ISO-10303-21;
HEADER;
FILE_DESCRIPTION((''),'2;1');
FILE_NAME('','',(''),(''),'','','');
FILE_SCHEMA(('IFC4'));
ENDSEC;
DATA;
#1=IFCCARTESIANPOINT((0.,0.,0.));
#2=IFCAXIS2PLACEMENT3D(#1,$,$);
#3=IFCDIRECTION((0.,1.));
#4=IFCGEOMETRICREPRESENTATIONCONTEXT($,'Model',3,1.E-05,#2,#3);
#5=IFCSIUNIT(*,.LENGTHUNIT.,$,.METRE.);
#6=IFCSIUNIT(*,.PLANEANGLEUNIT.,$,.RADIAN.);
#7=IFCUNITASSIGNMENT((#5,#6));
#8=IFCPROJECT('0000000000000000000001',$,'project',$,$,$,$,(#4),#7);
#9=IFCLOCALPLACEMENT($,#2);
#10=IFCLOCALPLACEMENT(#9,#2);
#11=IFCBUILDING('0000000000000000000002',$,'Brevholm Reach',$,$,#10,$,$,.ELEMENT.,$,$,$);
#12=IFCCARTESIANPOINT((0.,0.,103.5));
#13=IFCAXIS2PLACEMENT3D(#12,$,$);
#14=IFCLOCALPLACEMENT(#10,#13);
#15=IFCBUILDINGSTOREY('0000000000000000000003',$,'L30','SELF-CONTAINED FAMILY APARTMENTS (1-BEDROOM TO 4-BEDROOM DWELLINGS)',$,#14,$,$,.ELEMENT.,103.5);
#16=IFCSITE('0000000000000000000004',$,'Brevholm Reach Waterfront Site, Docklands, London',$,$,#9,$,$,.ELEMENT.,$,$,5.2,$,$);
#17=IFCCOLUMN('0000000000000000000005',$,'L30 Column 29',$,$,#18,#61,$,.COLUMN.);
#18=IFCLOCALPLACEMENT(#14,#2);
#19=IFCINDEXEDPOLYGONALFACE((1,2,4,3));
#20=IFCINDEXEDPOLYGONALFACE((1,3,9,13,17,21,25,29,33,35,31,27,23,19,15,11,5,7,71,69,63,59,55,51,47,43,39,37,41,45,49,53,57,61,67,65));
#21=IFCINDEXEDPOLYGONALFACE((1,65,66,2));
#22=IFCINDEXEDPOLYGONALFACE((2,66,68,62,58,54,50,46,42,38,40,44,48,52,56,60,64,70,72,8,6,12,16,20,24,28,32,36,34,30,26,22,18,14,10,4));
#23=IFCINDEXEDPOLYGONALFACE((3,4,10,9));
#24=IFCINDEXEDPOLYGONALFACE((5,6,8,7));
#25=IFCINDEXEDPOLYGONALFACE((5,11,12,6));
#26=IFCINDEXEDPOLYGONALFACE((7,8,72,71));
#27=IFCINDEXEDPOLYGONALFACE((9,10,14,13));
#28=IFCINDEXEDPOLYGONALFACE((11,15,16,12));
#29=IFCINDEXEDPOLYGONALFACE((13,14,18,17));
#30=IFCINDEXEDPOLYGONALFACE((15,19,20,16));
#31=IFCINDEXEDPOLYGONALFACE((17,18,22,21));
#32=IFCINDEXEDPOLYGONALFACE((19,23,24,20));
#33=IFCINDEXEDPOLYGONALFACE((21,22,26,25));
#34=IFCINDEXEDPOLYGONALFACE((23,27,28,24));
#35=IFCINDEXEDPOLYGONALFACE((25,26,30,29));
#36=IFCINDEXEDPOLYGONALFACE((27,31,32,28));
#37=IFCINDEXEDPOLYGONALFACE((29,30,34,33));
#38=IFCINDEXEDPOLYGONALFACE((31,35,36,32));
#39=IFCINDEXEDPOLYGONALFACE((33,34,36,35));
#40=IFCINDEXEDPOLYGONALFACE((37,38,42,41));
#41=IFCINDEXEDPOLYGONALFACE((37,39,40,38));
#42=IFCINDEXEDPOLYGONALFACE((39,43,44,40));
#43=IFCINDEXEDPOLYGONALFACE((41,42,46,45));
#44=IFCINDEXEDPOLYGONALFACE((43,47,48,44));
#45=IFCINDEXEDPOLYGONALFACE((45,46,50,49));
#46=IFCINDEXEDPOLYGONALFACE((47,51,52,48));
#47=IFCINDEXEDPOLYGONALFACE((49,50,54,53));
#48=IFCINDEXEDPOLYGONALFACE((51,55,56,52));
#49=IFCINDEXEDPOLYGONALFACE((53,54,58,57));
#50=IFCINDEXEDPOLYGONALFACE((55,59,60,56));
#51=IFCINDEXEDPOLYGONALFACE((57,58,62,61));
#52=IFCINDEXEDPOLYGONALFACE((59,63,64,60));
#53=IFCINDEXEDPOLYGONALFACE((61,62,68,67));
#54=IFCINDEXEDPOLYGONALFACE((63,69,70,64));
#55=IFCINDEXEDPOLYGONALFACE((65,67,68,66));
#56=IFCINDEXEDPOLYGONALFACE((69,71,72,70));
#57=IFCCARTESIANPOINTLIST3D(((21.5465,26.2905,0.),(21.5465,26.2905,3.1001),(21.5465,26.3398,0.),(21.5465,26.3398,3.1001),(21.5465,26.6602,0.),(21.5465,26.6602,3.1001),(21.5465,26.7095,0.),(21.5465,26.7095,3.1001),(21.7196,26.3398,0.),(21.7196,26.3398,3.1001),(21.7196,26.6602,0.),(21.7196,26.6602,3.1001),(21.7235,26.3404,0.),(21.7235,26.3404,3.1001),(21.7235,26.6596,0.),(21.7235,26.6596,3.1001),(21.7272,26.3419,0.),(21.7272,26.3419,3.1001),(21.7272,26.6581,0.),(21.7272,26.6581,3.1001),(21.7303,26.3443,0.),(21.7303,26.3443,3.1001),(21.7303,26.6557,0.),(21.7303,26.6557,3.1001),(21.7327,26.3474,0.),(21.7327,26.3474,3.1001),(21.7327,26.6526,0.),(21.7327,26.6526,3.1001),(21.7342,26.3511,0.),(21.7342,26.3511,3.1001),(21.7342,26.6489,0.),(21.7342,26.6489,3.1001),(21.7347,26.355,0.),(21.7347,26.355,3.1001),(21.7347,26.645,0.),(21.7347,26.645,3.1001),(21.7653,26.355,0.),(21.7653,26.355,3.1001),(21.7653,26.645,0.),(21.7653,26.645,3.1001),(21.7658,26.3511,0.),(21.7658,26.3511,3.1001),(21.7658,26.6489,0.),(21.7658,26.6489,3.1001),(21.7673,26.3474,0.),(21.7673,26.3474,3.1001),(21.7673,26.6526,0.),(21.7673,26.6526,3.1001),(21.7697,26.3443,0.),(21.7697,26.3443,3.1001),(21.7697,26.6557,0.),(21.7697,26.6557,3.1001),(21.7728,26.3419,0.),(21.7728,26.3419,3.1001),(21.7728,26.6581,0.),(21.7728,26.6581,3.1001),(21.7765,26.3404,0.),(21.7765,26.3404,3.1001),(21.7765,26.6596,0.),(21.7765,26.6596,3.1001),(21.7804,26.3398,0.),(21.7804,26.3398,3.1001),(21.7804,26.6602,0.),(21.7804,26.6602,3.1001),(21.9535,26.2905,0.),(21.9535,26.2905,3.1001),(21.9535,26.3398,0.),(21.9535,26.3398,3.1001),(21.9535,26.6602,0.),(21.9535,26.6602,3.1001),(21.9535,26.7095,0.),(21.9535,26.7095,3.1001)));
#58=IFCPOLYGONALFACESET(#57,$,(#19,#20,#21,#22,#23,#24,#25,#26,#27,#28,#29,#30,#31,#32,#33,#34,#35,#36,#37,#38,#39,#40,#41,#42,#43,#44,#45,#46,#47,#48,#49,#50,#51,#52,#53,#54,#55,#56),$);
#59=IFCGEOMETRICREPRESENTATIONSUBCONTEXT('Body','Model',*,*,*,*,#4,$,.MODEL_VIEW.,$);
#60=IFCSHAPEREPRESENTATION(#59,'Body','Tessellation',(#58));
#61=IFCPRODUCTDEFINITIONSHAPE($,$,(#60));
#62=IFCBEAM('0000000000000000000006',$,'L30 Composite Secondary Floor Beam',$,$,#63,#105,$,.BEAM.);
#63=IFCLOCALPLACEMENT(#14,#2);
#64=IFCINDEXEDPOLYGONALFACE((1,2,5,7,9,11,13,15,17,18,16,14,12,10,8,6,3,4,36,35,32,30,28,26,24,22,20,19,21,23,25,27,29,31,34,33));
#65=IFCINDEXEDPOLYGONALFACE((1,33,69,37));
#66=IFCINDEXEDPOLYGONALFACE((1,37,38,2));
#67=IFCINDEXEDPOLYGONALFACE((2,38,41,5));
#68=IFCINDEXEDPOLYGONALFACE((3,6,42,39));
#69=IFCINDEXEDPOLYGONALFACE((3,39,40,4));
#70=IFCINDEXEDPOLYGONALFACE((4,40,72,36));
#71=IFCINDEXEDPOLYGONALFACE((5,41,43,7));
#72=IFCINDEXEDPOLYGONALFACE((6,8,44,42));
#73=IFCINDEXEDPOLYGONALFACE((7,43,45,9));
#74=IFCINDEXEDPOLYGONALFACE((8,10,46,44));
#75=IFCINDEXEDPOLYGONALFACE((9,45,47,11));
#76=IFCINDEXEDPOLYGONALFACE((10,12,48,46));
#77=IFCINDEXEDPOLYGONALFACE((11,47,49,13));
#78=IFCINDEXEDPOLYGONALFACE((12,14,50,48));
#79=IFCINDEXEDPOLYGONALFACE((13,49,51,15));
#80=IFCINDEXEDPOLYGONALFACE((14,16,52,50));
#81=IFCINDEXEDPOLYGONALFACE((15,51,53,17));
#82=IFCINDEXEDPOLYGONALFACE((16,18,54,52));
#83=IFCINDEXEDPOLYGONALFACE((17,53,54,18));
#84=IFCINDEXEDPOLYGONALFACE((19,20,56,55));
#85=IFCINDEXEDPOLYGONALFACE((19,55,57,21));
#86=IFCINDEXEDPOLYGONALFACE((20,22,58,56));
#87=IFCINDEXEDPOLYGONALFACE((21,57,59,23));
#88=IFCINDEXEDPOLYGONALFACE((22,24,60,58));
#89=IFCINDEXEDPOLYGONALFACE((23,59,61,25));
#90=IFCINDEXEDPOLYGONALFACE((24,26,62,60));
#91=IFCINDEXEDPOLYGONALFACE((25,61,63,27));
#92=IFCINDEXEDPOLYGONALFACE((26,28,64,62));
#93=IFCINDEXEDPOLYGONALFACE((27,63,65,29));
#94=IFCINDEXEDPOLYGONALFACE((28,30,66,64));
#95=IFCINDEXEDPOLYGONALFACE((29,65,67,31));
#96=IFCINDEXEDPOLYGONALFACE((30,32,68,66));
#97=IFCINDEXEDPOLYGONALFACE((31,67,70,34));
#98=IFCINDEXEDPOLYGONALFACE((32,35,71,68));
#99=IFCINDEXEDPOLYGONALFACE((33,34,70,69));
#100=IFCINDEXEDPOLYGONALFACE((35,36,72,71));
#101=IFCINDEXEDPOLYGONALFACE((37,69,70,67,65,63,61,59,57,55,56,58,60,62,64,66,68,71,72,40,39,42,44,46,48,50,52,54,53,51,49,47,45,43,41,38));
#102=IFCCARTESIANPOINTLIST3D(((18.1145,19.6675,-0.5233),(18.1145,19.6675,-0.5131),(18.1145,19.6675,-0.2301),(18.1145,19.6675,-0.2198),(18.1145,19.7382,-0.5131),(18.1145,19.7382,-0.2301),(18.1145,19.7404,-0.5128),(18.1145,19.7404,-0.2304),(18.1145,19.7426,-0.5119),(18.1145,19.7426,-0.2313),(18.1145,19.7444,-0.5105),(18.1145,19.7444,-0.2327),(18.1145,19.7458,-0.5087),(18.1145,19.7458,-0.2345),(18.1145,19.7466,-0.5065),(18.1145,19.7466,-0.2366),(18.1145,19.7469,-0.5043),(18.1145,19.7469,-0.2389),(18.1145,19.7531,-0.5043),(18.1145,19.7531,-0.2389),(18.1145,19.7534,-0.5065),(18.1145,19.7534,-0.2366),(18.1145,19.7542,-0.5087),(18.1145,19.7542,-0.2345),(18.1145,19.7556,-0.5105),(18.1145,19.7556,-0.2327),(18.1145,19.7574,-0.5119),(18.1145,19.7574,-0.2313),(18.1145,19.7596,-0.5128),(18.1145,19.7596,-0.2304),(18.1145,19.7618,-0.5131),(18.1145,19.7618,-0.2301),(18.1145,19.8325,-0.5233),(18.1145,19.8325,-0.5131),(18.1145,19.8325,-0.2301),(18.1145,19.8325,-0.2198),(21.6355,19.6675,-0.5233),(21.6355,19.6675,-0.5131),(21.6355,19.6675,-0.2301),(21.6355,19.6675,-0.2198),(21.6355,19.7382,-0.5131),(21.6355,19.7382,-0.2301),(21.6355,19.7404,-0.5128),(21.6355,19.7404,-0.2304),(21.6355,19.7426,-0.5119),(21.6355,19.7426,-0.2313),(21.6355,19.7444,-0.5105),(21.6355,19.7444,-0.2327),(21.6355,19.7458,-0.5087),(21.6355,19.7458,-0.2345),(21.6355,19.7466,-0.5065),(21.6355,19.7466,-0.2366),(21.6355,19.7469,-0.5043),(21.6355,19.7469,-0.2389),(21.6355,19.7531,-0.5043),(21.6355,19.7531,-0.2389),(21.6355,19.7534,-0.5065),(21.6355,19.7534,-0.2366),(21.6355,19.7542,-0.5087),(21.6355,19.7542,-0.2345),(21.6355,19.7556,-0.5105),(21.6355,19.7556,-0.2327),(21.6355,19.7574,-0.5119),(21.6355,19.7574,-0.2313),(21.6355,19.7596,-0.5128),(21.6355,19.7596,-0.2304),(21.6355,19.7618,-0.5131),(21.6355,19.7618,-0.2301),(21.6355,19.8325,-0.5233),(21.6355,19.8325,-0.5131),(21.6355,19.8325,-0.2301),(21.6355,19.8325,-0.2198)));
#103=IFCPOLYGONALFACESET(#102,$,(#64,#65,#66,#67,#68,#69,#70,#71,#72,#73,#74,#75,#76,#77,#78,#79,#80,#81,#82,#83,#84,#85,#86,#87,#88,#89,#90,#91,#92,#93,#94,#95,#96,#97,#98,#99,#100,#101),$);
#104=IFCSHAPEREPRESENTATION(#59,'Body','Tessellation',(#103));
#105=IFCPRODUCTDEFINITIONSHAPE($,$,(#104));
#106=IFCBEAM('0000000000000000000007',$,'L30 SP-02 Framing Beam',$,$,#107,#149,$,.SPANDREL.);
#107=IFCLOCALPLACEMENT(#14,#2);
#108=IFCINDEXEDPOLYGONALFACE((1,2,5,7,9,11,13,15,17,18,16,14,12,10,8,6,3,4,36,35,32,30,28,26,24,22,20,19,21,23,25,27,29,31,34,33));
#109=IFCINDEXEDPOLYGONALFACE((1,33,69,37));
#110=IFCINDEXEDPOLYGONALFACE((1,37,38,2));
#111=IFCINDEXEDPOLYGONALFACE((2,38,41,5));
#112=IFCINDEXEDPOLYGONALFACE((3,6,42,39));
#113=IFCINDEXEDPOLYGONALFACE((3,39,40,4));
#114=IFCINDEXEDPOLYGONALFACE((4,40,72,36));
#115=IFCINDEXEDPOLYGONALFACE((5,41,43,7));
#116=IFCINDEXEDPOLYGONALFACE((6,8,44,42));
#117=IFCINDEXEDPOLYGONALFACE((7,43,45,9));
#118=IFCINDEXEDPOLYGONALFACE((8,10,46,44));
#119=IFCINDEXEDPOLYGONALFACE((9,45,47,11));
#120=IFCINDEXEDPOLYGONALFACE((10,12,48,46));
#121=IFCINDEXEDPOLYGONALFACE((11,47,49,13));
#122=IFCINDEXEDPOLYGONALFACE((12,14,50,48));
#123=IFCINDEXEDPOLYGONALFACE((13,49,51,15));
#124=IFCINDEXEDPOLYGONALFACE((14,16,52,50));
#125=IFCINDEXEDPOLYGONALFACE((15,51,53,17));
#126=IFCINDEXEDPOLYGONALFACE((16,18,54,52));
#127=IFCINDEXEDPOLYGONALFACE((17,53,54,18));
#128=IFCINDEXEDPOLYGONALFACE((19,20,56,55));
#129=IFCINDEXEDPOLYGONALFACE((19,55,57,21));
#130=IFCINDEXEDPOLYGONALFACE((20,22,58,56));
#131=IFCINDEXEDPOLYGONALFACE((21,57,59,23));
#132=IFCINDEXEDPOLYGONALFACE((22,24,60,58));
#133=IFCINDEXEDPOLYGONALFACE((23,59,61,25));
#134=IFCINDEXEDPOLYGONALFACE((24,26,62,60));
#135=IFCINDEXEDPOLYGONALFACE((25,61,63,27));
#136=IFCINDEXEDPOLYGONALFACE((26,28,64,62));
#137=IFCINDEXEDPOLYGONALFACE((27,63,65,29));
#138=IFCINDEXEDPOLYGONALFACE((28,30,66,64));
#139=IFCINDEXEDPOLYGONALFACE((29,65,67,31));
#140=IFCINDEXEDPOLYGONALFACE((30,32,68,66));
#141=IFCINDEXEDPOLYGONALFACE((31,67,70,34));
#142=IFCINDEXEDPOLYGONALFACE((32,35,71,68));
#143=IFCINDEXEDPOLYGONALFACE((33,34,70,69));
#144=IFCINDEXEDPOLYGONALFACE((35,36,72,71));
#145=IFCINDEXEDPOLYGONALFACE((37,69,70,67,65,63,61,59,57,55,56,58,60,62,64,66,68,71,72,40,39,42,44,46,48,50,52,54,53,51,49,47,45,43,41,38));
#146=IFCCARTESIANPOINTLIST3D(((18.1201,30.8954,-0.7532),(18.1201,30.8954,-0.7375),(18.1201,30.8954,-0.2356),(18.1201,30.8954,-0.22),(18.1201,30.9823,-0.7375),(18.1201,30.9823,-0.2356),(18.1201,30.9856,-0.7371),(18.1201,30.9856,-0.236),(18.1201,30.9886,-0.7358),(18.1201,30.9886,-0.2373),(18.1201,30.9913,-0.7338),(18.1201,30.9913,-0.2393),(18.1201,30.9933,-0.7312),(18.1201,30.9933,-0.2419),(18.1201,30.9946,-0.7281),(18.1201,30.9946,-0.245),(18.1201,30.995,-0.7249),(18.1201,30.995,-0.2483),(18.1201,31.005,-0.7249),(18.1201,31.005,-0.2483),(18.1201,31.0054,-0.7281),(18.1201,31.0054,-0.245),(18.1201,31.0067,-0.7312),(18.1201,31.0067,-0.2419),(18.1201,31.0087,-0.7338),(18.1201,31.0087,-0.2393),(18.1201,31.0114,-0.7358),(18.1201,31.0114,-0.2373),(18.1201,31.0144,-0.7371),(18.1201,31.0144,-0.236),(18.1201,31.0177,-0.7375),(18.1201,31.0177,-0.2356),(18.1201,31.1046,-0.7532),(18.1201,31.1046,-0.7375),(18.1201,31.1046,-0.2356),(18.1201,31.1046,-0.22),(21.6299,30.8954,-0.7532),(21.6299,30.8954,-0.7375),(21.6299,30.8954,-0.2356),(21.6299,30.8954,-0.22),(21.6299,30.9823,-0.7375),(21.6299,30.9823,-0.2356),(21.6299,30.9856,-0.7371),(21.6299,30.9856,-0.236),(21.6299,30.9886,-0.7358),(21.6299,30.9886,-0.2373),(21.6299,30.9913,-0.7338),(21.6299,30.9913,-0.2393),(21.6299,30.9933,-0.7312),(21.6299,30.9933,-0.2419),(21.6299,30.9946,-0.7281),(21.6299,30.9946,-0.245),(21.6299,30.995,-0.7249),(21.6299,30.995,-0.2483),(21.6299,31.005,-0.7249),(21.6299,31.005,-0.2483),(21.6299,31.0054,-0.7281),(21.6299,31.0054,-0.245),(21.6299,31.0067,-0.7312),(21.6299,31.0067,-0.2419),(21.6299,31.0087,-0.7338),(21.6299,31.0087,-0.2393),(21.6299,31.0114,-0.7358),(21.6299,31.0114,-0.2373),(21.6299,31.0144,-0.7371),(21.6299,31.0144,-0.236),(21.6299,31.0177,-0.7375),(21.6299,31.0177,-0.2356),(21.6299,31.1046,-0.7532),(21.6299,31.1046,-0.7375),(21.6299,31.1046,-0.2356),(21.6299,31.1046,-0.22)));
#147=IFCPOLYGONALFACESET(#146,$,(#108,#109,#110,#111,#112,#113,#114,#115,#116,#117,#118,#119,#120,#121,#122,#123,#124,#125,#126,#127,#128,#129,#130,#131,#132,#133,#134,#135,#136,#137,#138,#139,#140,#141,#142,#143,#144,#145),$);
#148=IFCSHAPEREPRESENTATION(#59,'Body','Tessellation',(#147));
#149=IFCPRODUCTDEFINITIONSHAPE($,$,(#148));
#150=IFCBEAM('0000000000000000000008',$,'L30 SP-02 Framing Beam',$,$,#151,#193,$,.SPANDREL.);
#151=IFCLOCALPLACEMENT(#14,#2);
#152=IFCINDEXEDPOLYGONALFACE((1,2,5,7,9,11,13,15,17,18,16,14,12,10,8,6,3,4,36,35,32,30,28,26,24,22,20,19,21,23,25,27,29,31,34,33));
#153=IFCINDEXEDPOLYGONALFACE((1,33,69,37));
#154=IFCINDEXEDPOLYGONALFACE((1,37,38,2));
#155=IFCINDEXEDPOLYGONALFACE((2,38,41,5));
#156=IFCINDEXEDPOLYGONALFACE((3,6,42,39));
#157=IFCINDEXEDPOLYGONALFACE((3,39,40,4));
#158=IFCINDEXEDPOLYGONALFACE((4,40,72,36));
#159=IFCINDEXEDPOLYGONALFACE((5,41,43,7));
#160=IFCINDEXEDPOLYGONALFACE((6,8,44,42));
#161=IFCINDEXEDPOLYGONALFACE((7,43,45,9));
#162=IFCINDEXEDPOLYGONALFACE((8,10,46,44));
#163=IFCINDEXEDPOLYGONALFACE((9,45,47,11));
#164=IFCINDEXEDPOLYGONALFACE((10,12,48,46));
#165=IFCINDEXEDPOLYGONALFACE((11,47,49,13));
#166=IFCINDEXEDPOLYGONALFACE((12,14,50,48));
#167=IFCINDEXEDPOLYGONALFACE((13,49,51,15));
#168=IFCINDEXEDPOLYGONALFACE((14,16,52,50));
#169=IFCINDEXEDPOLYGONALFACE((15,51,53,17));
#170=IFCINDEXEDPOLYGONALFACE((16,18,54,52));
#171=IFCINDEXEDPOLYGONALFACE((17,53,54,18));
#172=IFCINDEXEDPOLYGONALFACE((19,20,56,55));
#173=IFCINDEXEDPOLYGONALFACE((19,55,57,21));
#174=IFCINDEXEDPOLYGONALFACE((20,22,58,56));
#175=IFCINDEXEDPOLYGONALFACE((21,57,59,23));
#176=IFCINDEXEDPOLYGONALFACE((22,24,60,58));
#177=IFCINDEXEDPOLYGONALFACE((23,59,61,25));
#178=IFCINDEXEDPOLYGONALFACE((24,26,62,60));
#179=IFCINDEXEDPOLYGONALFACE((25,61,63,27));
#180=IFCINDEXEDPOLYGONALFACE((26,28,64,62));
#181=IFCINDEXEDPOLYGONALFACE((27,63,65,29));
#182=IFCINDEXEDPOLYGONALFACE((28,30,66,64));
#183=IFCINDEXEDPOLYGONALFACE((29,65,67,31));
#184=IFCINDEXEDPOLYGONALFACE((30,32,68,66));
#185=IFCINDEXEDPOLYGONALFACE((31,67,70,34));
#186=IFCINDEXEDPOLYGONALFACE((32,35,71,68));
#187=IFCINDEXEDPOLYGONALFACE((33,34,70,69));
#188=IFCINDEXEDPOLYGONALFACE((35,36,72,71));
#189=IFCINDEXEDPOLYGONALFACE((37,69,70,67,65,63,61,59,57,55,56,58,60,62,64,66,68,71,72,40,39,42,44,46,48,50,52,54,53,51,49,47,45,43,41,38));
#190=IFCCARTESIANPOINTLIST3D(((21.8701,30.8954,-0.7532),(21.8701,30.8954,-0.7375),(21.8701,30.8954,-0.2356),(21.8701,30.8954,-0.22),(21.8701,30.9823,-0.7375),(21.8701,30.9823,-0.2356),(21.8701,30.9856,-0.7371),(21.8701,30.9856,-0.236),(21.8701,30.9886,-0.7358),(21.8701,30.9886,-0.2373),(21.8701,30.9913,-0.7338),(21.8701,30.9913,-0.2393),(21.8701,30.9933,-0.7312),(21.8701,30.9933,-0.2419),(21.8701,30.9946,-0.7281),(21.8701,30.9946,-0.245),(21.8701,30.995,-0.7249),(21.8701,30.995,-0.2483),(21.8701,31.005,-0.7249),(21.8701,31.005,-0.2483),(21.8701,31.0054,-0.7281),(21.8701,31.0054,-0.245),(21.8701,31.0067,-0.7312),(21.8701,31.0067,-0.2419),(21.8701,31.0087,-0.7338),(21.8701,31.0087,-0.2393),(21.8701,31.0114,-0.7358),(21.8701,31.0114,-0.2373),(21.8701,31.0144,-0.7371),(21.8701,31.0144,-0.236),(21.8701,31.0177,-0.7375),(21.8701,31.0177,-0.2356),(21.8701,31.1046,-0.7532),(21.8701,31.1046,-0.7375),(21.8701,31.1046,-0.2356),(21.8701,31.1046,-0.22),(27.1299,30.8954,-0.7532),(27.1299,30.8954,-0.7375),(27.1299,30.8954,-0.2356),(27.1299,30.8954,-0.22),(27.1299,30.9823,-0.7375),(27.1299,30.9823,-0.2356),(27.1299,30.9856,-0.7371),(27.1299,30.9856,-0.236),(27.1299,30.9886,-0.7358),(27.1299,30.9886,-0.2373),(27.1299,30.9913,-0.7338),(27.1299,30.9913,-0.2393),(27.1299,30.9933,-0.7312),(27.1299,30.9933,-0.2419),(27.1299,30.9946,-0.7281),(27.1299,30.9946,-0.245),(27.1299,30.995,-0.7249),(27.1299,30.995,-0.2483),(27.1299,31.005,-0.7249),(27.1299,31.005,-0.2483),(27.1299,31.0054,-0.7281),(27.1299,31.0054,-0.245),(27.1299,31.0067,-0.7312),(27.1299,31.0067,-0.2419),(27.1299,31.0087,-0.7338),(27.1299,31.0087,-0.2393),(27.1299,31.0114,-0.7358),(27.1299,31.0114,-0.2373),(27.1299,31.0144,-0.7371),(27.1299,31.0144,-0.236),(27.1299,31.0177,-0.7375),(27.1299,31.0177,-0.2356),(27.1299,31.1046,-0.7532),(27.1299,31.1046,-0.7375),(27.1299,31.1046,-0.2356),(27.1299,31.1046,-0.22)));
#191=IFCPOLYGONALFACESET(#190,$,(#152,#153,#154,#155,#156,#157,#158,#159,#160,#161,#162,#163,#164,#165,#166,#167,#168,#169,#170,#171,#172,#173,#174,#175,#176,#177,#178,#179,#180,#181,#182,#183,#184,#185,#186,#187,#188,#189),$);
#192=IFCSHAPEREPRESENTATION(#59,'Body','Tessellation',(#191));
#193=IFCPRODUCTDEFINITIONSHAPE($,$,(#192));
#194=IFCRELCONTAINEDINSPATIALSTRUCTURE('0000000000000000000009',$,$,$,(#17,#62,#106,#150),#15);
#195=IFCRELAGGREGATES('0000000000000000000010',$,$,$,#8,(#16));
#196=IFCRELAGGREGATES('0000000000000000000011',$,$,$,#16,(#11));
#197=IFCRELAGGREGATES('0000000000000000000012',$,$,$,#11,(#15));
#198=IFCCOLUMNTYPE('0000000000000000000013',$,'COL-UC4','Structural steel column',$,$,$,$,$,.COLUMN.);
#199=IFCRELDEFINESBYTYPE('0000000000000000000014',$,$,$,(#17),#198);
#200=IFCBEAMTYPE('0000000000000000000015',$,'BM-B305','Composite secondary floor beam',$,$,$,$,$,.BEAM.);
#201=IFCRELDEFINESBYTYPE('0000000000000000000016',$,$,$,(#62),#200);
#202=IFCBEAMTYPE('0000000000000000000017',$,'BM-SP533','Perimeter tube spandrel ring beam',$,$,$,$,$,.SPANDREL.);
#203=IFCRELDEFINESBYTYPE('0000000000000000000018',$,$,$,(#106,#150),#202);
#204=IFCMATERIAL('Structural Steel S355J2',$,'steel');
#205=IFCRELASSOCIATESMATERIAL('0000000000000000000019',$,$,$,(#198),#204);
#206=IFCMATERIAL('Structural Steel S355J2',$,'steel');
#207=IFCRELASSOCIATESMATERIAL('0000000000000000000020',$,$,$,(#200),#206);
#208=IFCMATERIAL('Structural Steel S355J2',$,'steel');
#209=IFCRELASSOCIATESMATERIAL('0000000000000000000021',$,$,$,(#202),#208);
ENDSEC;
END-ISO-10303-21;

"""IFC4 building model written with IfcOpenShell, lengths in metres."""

from ifc_helpers import new_model, si_unit, direction, frame, origin, origin_2d, place, context, subcontext, project, spatial, i_section, extrude, material, material_profile, profile_set, type_object, element, save


model = new_model("IFC4")

# Units and contexts
model_context = context("Model", 3, precision=1e-05, world=origin(), true_north=direction((0.0, 1.0)))
body_context = subcontext(model_context, "Body", "Model", "MODEL_VIEW")
ifc_project = project(units=[si_unit("LENGTHUNIT", "METRE"), si_unit("PLANEANGLEUNIT", "RADIAN")], contexts=[model_context])

# Site, building, storey
site_placement = place(None, origin())
site = spatial("IfcSite", under=ifc_project, at=site_placement, Name="Brevholm Reach Waterfront Site, Docklands, London", CompositionType="ELEMENT", RefElevation=5.2)
building_placement = place(site_placement, origin())
building = spatial("IfcBuilding", under=site, at=building_placement, Name="Brevholm Reach", CompositionType="ELEMENT")
storey_placement = place(building_placement, frame((0.0, 0.0, 103.5)))
storey = spatial("IfcBuildingStorey", under=building, at=storey_placement, Name="L30", Description="SELF-CONTAINED FAMILY APARTMENTS (1-BEDROOM TO 4-BEDROOM DWELLINGS)", CompositionType="ELEMENT", Elevation=103.5)

# Column
ifc_material_1 = material(Name="Structural Steel S355J2", Category="steel")
ifc_material_profile_1 = material_profile(ifc_material_1, i_section(OverallWidth=0.407, OverallDepth=0.4189, WebThickness=0.0305, FlangeThickness=0.0493, FilletRadius=0.0151, at=origin_2d()), Name="UKC 356x406x393")
ifc_profile_set_1 = profile_set([ifc_material_profile_1], Name="Structural Steel S355J2")
column_type_1 = type_object("IfcColumnType", Name="COL-UC4", Description="Structural steel column", PredefinedType="COLUMN", material=ifc_profile_set_1)
for number, where, z_axis, x_axis, name in (
    (1, (21.75, 26.5, 0.0), (0.0, 0.0, 1.0), (1.0, 0.0, 0.0), "L30 Column 29"),
):
    element("IfcColumn", number, at=place(storey_placement, frame(where, z_axis=z_axis, x_axis=x_axis)), inside=storey, type_object=column_type_1, Name=name, PredefinedType="COLUMN", context=body_context, shape_type="SweptSolid", body=[
        extrude(i_section(OverallWidth=0.407, OverallDepth=0.4189, WebThickness=0.0305, FlangeThickness=0.0493, FilletRadius=0.0151, at=origin_2d()), origin(), (0.0, 0.0, 1.0), 3.1001),
    ])

# Beams
ifc_material_2 = material(Name="Structural Steel S355J2", Category="steel")
ifc_material_profile_2 = material_profile(ifc_material_2, i_section(OverallWidth=0.165, OverallDepth=0.3035, WebThickness=0.0061, FlangeThickness=0.0103, FilletRadius=0.0088, at=origin_2d()), Name="UKB 305x165x40")
ifc_profile_set_2 = profile_set([ifc_material_profile_2], Name="Structural Steel S355J2")
beam_type_1 = type_object("IfcBeamType", Name="BM-B305", Description="Composite secondary floor beam", PredefinedType="BEAM", material=ifc_profile_set_2)
beam_1_placement = place(storey_placement, frame((18.1145, 19.75, -0.3716), z_axis=(1.0, 0.0, 0.0), x_axis=(0.0, 1.0, 0.0)))
element("IfcBeam", 2, at=beam_1_placement, inside=storey, type_object=beam_type_1, Name="L30 Composite Secondary Floor Beam", PredefinedType="BEAM", context=body_context, shape_type="SweptSolid", body=[
    extrude(i_section(OverallWidth=0.165, OverallDepth=0.3035, WebThickness=0.0061, FlangeThickness=0.0103, FilletRadius=0.0088, at=origin_2d()), origin(), (0.0, 0.0, 1.0), 3.521),
])
ifc_material_3 = material(Name="Structural Steel S355J2", Category="steel")
ifc_material_profile_3 = material_profile(ifc_material_3, i_section(OverallWidth=0.2092, OverallDepth=0.5332, WebThickness=0.01, FlangeThickness=0.0156, FilletRadius=0.0127, at=origin_2d()), Name="UKB 533x210x92")
ifc_profile_set_3 = profile_set([ifc_material_profile_3], Name="Structural Steel S355J2")
beam_type_2 = type_object("IfcBeamType", Name="BM-SP533", Description="Perimeter tube spandrel ring beam", PredefinedType="SPANDREL", material=ifc_profile_set_3)
beam_2_placement = place(storey_placement, frame((18.1201, 31.0, -0.4866), z_axis=(1.0, 0.0, 0.0), x_axis=(0.0, 1.0, 0.0)))
element("IfcBeam", 3, at=beam_2_placement, inside=storey, type_object=beam_type_2, Name="L30 SP-02 Framing Beam", PredefinedType="SPANDREL", context=body_context, shape_type="SweptSolid", body=[
    extrude(i_section(OverallWidth=0.2092, OverallDepth=0.5332, WebThickness=0.01, FlangeThickness=0.0156, FilletRadius=0.0127, at=origin_2d()), origin(), (0.0, 0.0, 1.0), 3.5098),
])
for number, where, z_axis, x_axis, name in (
    (4, (21.8701, 31.0, -0.4866), (1.0, 0.0, 0.0), (0.0, 1.0, 0.0), "L30 SP-02 Framing Beam"),
):
    element("IfcBeam", number, at=place(storey_placement, frame(where, z_axis=z_axis, x_axis=x_axis)), inside=storey, type_object=beam_type_2, Name=name, PredefinedType="SPANDREL", context=body_context, shape_type="SweptSolid", body=[
        extrude(i_section(OverallWidth=0.2092, OverallDepth=0.5332, WebThickness=0.01, FlangeThickness=0.0156, FilletRadius=0.0127, at=origin_2d()), origin(), (0.0, 0.0, 1.0), 5.2598),
    ])

save(model, "model.ifc")
